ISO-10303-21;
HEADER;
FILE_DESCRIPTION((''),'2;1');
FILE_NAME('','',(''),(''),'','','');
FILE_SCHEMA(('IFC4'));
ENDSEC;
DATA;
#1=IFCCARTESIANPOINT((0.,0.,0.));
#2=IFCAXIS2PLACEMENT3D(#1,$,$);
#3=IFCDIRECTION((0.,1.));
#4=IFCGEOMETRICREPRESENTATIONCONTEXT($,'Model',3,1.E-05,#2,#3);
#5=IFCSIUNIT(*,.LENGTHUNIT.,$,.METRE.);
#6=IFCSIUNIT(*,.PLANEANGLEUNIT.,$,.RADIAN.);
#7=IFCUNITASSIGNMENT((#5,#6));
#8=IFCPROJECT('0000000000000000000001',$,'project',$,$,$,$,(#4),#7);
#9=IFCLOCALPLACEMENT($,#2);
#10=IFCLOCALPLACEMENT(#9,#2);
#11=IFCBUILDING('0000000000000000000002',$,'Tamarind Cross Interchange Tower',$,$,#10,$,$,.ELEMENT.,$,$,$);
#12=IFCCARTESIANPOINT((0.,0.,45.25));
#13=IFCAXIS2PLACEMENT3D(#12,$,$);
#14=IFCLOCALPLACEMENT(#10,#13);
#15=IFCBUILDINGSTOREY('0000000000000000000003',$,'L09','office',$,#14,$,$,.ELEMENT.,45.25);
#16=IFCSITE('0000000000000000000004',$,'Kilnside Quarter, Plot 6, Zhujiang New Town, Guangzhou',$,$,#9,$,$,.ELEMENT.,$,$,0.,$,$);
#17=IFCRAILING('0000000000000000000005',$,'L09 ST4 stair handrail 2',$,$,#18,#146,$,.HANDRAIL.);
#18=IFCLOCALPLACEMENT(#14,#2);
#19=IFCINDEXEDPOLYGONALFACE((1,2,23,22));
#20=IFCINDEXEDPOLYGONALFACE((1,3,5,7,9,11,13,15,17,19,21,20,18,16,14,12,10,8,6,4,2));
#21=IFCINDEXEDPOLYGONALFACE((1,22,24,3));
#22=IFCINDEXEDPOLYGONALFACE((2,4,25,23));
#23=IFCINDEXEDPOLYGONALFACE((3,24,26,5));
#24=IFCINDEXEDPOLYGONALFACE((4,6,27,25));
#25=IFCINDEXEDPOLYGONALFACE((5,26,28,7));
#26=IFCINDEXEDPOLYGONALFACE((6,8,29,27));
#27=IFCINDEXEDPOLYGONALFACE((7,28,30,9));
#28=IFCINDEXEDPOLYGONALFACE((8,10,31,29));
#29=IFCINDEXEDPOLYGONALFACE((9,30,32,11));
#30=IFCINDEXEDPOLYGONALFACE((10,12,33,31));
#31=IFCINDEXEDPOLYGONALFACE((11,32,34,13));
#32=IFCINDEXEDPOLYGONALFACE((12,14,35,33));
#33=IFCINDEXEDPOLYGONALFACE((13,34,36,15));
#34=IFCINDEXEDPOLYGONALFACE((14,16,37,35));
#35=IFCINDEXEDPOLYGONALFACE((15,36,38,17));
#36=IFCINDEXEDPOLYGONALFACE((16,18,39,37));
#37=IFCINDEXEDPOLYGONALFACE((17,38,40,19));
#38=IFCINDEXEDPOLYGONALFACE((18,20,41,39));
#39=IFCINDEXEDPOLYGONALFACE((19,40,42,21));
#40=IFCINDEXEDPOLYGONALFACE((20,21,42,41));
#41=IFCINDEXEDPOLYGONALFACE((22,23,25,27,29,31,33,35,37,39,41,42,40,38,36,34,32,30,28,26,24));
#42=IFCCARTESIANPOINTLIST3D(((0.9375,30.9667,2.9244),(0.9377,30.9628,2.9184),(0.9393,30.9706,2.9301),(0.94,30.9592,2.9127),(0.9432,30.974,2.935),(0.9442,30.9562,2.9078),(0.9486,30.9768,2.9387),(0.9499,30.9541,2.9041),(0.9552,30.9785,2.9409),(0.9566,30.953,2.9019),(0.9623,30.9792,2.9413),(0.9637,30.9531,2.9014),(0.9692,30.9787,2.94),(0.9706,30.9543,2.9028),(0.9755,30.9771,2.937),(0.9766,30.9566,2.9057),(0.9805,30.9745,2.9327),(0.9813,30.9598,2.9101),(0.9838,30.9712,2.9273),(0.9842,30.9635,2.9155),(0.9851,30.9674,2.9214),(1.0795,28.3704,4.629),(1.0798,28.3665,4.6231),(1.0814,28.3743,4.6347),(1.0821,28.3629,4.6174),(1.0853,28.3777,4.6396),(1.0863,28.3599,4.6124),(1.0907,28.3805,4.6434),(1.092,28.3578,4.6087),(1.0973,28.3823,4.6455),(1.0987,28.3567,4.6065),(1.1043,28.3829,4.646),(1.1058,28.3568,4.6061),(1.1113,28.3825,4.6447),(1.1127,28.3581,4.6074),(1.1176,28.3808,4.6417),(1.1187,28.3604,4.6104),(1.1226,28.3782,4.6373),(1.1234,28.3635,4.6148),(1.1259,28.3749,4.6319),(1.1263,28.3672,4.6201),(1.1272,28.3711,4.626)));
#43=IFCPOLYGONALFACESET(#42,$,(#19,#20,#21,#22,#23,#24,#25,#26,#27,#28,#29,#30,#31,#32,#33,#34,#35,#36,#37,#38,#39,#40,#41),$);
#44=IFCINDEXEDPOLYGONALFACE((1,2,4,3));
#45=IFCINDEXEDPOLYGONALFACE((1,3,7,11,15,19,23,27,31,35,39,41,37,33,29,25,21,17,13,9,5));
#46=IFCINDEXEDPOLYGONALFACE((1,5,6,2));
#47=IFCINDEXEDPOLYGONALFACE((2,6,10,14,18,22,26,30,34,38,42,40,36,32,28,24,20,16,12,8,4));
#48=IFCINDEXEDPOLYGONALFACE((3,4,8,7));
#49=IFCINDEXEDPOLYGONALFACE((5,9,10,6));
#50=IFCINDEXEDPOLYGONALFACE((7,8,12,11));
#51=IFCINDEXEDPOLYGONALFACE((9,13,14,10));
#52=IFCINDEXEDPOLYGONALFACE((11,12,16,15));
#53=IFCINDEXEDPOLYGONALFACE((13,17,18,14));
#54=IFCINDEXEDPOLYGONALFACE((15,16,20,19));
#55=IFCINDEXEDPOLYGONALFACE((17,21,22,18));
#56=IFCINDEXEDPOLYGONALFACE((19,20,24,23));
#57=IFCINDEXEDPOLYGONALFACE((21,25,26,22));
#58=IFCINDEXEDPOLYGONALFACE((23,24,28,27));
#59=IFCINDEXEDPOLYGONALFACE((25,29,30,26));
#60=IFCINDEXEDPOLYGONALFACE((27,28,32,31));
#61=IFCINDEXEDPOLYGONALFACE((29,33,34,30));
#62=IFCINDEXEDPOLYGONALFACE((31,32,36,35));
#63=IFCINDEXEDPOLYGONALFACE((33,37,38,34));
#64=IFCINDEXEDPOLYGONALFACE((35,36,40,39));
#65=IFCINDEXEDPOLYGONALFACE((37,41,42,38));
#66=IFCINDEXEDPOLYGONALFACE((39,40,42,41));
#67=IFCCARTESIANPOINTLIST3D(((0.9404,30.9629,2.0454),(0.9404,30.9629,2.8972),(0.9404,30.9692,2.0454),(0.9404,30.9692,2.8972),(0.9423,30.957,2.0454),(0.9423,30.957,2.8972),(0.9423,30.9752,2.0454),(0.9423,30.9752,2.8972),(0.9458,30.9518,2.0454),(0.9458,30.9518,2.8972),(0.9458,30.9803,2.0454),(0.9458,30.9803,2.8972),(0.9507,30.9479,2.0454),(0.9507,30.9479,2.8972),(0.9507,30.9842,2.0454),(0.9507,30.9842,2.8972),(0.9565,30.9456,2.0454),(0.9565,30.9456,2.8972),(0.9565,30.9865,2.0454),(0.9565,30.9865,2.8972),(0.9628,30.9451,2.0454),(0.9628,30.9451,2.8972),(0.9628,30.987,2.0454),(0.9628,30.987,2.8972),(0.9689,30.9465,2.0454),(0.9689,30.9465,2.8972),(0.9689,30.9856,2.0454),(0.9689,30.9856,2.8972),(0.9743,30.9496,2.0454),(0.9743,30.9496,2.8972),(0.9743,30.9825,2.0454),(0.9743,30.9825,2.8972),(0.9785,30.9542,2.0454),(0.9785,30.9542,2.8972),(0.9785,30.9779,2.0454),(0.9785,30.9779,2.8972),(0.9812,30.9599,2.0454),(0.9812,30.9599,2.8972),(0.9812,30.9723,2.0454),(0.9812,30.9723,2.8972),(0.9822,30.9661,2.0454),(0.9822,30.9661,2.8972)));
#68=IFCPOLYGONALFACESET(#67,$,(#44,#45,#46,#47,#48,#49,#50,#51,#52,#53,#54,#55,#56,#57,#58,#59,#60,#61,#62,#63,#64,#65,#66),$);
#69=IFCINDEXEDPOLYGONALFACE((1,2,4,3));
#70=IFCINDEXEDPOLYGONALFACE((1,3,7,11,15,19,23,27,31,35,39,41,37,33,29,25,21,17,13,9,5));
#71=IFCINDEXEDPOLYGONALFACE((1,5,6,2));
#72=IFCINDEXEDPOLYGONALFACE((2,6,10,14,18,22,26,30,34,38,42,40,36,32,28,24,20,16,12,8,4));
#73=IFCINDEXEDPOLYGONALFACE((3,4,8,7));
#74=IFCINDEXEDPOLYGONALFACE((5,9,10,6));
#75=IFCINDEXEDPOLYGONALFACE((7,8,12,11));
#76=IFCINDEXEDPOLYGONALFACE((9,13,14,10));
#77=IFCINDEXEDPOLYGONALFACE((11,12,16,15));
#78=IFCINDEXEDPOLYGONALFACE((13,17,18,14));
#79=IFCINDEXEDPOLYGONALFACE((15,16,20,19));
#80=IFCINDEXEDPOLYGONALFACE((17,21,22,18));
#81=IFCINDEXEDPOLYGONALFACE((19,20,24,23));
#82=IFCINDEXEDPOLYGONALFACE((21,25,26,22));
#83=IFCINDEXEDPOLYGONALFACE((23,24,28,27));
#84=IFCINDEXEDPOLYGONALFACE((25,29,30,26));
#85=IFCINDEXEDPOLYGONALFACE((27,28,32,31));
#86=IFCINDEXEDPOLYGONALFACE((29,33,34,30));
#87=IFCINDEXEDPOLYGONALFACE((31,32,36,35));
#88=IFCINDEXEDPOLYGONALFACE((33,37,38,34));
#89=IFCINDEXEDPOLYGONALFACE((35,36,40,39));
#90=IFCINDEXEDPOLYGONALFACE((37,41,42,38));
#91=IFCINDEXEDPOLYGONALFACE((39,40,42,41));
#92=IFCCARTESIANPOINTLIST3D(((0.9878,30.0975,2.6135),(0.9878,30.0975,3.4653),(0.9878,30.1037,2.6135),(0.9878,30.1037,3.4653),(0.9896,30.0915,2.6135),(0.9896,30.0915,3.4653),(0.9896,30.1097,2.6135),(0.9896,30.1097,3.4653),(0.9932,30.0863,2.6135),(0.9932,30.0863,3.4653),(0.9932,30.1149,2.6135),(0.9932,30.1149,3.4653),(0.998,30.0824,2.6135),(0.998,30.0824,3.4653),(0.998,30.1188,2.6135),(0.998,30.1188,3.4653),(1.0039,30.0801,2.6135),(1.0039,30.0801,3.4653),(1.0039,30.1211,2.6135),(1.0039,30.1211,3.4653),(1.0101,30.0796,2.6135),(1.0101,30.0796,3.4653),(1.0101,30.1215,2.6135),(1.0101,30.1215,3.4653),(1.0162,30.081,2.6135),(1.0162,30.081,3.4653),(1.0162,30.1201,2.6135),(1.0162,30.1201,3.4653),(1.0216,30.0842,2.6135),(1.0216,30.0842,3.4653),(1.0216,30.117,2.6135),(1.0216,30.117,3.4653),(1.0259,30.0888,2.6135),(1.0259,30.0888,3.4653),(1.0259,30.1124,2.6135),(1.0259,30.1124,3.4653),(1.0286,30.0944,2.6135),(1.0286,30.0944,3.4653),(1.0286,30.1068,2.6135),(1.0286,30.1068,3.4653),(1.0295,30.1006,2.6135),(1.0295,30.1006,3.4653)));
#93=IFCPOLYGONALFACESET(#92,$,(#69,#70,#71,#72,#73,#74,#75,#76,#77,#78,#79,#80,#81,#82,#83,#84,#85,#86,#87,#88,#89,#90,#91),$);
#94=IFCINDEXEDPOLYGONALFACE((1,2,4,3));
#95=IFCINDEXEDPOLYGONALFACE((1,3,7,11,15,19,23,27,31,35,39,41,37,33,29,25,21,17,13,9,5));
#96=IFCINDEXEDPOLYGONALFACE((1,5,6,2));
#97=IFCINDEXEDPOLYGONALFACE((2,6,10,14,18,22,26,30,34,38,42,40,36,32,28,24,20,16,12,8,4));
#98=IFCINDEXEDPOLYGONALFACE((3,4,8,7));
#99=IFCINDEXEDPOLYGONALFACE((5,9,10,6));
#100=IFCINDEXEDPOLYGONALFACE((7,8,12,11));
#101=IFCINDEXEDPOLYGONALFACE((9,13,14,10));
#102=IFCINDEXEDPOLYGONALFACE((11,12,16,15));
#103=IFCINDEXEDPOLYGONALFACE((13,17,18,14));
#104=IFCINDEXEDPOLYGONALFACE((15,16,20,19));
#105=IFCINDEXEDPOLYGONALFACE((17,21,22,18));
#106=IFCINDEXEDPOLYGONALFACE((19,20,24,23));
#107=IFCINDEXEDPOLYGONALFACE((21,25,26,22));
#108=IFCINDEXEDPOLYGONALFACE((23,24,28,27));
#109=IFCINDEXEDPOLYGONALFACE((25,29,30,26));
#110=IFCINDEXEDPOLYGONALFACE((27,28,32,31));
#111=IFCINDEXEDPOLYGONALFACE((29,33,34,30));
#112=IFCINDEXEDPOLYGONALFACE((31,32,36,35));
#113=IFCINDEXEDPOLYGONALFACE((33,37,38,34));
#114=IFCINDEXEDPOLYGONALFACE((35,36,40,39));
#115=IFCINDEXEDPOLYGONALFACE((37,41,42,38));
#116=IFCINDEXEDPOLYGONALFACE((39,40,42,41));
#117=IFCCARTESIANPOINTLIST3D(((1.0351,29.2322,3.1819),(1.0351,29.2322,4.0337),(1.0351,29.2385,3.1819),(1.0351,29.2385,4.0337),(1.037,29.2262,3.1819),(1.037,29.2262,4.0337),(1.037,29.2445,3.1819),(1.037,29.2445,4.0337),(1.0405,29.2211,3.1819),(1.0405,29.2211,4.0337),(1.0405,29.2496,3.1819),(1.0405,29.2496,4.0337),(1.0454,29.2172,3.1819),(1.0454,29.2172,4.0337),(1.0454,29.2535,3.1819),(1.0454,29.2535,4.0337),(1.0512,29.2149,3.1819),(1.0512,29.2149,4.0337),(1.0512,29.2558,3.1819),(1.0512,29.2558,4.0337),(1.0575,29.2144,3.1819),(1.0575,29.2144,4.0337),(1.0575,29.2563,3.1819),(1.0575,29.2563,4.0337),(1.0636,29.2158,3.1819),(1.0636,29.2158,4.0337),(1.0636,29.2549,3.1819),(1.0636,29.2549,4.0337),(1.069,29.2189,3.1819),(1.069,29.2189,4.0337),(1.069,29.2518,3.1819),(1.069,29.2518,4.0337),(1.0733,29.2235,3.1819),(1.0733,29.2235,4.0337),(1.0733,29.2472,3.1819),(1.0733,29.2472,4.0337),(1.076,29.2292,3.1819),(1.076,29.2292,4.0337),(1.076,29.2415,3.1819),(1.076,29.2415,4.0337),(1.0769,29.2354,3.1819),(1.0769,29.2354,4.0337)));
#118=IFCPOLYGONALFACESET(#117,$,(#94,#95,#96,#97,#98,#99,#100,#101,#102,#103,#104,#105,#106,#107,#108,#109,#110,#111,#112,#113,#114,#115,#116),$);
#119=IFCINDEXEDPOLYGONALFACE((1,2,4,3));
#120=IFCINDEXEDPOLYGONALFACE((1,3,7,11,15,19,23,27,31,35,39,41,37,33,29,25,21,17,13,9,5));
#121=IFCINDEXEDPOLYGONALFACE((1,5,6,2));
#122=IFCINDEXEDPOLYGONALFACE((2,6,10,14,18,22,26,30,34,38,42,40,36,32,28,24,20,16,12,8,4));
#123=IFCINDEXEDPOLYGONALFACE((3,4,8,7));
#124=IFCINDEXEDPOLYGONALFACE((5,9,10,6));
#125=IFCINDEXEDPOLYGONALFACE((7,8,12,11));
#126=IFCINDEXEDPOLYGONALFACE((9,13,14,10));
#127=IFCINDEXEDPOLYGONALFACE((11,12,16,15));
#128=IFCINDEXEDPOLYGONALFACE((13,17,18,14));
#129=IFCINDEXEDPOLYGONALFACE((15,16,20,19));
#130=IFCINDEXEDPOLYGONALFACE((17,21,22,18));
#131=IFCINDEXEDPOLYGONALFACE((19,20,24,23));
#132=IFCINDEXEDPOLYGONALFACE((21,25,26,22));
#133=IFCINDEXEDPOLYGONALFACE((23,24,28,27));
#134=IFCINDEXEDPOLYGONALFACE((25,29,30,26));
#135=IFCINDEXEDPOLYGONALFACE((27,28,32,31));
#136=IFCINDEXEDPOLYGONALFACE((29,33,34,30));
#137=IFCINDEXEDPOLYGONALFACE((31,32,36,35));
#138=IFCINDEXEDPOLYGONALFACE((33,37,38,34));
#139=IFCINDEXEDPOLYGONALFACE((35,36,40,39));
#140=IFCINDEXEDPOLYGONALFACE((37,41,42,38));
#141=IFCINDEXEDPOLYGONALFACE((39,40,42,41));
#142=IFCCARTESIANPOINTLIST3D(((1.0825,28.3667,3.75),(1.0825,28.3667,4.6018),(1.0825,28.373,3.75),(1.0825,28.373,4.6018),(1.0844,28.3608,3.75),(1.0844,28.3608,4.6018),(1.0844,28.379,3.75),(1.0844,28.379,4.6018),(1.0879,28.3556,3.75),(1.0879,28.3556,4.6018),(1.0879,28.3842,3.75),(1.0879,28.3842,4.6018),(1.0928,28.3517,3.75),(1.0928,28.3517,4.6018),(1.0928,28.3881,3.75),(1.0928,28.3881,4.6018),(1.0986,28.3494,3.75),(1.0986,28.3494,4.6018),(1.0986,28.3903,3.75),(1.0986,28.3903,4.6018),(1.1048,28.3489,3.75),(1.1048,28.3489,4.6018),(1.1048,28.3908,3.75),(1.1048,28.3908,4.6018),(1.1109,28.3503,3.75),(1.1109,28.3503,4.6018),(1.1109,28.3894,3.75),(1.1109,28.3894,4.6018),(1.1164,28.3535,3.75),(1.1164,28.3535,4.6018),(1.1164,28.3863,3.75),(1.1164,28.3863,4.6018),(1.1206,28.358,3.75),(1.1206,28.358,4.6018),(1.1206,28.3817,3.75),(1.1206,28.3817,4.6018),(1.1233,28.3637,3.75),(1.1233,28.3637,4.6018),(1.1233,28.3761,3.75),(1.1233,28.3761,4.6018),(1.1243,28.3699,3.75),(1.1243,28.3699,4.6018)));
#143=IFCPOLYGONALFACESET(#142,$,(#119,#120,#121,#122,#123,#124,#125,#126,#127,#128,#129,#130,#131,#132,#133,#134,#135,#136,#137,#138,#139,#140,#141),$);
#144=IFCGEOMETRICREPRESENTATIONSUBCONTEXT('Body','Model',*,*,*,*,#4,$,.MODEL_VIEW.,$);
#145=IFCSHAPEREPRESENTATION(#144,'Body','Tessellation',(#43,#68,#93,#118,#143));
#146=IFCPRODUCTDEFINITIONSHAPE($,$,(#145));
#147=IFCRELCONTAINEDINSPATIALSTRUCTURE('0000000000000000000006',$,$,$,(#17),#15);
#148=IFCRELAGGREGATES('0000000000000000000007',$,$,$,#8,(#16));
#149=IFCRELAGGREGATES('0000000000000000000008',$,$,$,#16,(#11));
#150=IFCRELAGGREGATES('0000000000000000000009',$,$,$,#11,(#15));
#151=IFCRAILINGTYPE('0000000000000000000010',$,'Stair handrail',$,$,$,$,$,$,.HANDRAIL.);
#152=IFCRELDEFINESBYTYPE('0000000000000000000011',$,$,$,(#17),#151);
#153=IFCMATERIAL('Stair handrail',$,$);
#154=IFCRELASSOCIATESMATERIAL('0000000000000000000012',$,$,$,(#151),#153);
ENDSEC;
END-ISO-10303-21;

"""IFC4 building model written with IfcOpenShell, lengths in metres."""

from ifc_helpers import new_model, si_unit, direction, frame, origin, origin_2d, place, context, subcontext, project, spatial, circle, extrude, material, type_object, element, save


model = new_model("IFC4")

# Units and contexts
model_context = context("Model", 3, precision=1e-05, world=origin(), true_north=direction((0.0, 1.0)))
body_context = subcontext(model_context, "Body", "Model", "MODEL_VIEW")
ifc_project = project(units=[si_unit("LENGTHUNIT", "METRE"), si_unit("PLANEANGLEUNIT", "RADIAN")], contexts=[model_context])

# Site, building, storey
site_placement = place(None, origin())
site = spatial("IfcSite", under=ifc_project, at=site_placement, Name="Kilnside Quarter, Plot 6, Zhujiang New Town, Guangzhou", CompositionType="ELEMENT", RefElevation=0.0)
building_placement = place(site_placement, origin())
building = spatial("IfcBuilding", under=site, at=building_placement, Name="Tamarind Cross Interchange Tower", CompositionType="ELEMENT")
storey_placement = place(building_placement, frame((0.0, 0.0, 45.25)))
storey = spatial("IfcBuildingStorey", under=building, at=storey_placement, Name="L09", Description="office", CompositionType="ELEMENT", Elevation=45.25)

# Railing
ifc_material_1 = material(Name="Stair handrail")
railing_type_1 = type_object("IfcRailingType", Name="Stair handrail", PredefinedType="HANDRAIL", material=ifc_material_1)
railing_1_placement = place(storey_placement, frame((0.9612, 30.9661, 2.0454)))
element("IfcRailing", 1, at=railing_1_placement, inside=storey, type_object=railing_type_1, Name="L09 ST4 stair handrail 2", PredefinedType="HANDRAIL", context=body_context, shape_type="SweptSolid", body=[
    extrude(circle(Radius=0.0239, at=origin_2d()), frame((0.0, 0.0, 0.876), z_axis=(0.045702, -0.83505, 0.548272), x_axis=(0.998506, 0.054648, 0.0)), (0.0, 0.0, 1.0), 3.1091),
    extrude(circle(Radius=0.021, at=origin_2d()), origin(), (0.0, 0.0, 1.0), 0.8518),
    extrude(circle(Radius=0.021, at=origin_2d()), frame((0.0474, -0.8655, 0.5681)), (0.0, 0.0, 1.0), 0.8518),
    extrude(circle(Radius=0.021, at=origin_2d()), frame((0.0947, -1.7307, 1.1365)), (0.0, 0.0, 1.0), 0.8518),
    extrude(circle(Radius=0.021, at=origin_2d()), frame((0.1421, -2.5962, 1.7046)), (0.0, 0.0, 1.0), 0.8518),
])

save(model, "model.ifc")
